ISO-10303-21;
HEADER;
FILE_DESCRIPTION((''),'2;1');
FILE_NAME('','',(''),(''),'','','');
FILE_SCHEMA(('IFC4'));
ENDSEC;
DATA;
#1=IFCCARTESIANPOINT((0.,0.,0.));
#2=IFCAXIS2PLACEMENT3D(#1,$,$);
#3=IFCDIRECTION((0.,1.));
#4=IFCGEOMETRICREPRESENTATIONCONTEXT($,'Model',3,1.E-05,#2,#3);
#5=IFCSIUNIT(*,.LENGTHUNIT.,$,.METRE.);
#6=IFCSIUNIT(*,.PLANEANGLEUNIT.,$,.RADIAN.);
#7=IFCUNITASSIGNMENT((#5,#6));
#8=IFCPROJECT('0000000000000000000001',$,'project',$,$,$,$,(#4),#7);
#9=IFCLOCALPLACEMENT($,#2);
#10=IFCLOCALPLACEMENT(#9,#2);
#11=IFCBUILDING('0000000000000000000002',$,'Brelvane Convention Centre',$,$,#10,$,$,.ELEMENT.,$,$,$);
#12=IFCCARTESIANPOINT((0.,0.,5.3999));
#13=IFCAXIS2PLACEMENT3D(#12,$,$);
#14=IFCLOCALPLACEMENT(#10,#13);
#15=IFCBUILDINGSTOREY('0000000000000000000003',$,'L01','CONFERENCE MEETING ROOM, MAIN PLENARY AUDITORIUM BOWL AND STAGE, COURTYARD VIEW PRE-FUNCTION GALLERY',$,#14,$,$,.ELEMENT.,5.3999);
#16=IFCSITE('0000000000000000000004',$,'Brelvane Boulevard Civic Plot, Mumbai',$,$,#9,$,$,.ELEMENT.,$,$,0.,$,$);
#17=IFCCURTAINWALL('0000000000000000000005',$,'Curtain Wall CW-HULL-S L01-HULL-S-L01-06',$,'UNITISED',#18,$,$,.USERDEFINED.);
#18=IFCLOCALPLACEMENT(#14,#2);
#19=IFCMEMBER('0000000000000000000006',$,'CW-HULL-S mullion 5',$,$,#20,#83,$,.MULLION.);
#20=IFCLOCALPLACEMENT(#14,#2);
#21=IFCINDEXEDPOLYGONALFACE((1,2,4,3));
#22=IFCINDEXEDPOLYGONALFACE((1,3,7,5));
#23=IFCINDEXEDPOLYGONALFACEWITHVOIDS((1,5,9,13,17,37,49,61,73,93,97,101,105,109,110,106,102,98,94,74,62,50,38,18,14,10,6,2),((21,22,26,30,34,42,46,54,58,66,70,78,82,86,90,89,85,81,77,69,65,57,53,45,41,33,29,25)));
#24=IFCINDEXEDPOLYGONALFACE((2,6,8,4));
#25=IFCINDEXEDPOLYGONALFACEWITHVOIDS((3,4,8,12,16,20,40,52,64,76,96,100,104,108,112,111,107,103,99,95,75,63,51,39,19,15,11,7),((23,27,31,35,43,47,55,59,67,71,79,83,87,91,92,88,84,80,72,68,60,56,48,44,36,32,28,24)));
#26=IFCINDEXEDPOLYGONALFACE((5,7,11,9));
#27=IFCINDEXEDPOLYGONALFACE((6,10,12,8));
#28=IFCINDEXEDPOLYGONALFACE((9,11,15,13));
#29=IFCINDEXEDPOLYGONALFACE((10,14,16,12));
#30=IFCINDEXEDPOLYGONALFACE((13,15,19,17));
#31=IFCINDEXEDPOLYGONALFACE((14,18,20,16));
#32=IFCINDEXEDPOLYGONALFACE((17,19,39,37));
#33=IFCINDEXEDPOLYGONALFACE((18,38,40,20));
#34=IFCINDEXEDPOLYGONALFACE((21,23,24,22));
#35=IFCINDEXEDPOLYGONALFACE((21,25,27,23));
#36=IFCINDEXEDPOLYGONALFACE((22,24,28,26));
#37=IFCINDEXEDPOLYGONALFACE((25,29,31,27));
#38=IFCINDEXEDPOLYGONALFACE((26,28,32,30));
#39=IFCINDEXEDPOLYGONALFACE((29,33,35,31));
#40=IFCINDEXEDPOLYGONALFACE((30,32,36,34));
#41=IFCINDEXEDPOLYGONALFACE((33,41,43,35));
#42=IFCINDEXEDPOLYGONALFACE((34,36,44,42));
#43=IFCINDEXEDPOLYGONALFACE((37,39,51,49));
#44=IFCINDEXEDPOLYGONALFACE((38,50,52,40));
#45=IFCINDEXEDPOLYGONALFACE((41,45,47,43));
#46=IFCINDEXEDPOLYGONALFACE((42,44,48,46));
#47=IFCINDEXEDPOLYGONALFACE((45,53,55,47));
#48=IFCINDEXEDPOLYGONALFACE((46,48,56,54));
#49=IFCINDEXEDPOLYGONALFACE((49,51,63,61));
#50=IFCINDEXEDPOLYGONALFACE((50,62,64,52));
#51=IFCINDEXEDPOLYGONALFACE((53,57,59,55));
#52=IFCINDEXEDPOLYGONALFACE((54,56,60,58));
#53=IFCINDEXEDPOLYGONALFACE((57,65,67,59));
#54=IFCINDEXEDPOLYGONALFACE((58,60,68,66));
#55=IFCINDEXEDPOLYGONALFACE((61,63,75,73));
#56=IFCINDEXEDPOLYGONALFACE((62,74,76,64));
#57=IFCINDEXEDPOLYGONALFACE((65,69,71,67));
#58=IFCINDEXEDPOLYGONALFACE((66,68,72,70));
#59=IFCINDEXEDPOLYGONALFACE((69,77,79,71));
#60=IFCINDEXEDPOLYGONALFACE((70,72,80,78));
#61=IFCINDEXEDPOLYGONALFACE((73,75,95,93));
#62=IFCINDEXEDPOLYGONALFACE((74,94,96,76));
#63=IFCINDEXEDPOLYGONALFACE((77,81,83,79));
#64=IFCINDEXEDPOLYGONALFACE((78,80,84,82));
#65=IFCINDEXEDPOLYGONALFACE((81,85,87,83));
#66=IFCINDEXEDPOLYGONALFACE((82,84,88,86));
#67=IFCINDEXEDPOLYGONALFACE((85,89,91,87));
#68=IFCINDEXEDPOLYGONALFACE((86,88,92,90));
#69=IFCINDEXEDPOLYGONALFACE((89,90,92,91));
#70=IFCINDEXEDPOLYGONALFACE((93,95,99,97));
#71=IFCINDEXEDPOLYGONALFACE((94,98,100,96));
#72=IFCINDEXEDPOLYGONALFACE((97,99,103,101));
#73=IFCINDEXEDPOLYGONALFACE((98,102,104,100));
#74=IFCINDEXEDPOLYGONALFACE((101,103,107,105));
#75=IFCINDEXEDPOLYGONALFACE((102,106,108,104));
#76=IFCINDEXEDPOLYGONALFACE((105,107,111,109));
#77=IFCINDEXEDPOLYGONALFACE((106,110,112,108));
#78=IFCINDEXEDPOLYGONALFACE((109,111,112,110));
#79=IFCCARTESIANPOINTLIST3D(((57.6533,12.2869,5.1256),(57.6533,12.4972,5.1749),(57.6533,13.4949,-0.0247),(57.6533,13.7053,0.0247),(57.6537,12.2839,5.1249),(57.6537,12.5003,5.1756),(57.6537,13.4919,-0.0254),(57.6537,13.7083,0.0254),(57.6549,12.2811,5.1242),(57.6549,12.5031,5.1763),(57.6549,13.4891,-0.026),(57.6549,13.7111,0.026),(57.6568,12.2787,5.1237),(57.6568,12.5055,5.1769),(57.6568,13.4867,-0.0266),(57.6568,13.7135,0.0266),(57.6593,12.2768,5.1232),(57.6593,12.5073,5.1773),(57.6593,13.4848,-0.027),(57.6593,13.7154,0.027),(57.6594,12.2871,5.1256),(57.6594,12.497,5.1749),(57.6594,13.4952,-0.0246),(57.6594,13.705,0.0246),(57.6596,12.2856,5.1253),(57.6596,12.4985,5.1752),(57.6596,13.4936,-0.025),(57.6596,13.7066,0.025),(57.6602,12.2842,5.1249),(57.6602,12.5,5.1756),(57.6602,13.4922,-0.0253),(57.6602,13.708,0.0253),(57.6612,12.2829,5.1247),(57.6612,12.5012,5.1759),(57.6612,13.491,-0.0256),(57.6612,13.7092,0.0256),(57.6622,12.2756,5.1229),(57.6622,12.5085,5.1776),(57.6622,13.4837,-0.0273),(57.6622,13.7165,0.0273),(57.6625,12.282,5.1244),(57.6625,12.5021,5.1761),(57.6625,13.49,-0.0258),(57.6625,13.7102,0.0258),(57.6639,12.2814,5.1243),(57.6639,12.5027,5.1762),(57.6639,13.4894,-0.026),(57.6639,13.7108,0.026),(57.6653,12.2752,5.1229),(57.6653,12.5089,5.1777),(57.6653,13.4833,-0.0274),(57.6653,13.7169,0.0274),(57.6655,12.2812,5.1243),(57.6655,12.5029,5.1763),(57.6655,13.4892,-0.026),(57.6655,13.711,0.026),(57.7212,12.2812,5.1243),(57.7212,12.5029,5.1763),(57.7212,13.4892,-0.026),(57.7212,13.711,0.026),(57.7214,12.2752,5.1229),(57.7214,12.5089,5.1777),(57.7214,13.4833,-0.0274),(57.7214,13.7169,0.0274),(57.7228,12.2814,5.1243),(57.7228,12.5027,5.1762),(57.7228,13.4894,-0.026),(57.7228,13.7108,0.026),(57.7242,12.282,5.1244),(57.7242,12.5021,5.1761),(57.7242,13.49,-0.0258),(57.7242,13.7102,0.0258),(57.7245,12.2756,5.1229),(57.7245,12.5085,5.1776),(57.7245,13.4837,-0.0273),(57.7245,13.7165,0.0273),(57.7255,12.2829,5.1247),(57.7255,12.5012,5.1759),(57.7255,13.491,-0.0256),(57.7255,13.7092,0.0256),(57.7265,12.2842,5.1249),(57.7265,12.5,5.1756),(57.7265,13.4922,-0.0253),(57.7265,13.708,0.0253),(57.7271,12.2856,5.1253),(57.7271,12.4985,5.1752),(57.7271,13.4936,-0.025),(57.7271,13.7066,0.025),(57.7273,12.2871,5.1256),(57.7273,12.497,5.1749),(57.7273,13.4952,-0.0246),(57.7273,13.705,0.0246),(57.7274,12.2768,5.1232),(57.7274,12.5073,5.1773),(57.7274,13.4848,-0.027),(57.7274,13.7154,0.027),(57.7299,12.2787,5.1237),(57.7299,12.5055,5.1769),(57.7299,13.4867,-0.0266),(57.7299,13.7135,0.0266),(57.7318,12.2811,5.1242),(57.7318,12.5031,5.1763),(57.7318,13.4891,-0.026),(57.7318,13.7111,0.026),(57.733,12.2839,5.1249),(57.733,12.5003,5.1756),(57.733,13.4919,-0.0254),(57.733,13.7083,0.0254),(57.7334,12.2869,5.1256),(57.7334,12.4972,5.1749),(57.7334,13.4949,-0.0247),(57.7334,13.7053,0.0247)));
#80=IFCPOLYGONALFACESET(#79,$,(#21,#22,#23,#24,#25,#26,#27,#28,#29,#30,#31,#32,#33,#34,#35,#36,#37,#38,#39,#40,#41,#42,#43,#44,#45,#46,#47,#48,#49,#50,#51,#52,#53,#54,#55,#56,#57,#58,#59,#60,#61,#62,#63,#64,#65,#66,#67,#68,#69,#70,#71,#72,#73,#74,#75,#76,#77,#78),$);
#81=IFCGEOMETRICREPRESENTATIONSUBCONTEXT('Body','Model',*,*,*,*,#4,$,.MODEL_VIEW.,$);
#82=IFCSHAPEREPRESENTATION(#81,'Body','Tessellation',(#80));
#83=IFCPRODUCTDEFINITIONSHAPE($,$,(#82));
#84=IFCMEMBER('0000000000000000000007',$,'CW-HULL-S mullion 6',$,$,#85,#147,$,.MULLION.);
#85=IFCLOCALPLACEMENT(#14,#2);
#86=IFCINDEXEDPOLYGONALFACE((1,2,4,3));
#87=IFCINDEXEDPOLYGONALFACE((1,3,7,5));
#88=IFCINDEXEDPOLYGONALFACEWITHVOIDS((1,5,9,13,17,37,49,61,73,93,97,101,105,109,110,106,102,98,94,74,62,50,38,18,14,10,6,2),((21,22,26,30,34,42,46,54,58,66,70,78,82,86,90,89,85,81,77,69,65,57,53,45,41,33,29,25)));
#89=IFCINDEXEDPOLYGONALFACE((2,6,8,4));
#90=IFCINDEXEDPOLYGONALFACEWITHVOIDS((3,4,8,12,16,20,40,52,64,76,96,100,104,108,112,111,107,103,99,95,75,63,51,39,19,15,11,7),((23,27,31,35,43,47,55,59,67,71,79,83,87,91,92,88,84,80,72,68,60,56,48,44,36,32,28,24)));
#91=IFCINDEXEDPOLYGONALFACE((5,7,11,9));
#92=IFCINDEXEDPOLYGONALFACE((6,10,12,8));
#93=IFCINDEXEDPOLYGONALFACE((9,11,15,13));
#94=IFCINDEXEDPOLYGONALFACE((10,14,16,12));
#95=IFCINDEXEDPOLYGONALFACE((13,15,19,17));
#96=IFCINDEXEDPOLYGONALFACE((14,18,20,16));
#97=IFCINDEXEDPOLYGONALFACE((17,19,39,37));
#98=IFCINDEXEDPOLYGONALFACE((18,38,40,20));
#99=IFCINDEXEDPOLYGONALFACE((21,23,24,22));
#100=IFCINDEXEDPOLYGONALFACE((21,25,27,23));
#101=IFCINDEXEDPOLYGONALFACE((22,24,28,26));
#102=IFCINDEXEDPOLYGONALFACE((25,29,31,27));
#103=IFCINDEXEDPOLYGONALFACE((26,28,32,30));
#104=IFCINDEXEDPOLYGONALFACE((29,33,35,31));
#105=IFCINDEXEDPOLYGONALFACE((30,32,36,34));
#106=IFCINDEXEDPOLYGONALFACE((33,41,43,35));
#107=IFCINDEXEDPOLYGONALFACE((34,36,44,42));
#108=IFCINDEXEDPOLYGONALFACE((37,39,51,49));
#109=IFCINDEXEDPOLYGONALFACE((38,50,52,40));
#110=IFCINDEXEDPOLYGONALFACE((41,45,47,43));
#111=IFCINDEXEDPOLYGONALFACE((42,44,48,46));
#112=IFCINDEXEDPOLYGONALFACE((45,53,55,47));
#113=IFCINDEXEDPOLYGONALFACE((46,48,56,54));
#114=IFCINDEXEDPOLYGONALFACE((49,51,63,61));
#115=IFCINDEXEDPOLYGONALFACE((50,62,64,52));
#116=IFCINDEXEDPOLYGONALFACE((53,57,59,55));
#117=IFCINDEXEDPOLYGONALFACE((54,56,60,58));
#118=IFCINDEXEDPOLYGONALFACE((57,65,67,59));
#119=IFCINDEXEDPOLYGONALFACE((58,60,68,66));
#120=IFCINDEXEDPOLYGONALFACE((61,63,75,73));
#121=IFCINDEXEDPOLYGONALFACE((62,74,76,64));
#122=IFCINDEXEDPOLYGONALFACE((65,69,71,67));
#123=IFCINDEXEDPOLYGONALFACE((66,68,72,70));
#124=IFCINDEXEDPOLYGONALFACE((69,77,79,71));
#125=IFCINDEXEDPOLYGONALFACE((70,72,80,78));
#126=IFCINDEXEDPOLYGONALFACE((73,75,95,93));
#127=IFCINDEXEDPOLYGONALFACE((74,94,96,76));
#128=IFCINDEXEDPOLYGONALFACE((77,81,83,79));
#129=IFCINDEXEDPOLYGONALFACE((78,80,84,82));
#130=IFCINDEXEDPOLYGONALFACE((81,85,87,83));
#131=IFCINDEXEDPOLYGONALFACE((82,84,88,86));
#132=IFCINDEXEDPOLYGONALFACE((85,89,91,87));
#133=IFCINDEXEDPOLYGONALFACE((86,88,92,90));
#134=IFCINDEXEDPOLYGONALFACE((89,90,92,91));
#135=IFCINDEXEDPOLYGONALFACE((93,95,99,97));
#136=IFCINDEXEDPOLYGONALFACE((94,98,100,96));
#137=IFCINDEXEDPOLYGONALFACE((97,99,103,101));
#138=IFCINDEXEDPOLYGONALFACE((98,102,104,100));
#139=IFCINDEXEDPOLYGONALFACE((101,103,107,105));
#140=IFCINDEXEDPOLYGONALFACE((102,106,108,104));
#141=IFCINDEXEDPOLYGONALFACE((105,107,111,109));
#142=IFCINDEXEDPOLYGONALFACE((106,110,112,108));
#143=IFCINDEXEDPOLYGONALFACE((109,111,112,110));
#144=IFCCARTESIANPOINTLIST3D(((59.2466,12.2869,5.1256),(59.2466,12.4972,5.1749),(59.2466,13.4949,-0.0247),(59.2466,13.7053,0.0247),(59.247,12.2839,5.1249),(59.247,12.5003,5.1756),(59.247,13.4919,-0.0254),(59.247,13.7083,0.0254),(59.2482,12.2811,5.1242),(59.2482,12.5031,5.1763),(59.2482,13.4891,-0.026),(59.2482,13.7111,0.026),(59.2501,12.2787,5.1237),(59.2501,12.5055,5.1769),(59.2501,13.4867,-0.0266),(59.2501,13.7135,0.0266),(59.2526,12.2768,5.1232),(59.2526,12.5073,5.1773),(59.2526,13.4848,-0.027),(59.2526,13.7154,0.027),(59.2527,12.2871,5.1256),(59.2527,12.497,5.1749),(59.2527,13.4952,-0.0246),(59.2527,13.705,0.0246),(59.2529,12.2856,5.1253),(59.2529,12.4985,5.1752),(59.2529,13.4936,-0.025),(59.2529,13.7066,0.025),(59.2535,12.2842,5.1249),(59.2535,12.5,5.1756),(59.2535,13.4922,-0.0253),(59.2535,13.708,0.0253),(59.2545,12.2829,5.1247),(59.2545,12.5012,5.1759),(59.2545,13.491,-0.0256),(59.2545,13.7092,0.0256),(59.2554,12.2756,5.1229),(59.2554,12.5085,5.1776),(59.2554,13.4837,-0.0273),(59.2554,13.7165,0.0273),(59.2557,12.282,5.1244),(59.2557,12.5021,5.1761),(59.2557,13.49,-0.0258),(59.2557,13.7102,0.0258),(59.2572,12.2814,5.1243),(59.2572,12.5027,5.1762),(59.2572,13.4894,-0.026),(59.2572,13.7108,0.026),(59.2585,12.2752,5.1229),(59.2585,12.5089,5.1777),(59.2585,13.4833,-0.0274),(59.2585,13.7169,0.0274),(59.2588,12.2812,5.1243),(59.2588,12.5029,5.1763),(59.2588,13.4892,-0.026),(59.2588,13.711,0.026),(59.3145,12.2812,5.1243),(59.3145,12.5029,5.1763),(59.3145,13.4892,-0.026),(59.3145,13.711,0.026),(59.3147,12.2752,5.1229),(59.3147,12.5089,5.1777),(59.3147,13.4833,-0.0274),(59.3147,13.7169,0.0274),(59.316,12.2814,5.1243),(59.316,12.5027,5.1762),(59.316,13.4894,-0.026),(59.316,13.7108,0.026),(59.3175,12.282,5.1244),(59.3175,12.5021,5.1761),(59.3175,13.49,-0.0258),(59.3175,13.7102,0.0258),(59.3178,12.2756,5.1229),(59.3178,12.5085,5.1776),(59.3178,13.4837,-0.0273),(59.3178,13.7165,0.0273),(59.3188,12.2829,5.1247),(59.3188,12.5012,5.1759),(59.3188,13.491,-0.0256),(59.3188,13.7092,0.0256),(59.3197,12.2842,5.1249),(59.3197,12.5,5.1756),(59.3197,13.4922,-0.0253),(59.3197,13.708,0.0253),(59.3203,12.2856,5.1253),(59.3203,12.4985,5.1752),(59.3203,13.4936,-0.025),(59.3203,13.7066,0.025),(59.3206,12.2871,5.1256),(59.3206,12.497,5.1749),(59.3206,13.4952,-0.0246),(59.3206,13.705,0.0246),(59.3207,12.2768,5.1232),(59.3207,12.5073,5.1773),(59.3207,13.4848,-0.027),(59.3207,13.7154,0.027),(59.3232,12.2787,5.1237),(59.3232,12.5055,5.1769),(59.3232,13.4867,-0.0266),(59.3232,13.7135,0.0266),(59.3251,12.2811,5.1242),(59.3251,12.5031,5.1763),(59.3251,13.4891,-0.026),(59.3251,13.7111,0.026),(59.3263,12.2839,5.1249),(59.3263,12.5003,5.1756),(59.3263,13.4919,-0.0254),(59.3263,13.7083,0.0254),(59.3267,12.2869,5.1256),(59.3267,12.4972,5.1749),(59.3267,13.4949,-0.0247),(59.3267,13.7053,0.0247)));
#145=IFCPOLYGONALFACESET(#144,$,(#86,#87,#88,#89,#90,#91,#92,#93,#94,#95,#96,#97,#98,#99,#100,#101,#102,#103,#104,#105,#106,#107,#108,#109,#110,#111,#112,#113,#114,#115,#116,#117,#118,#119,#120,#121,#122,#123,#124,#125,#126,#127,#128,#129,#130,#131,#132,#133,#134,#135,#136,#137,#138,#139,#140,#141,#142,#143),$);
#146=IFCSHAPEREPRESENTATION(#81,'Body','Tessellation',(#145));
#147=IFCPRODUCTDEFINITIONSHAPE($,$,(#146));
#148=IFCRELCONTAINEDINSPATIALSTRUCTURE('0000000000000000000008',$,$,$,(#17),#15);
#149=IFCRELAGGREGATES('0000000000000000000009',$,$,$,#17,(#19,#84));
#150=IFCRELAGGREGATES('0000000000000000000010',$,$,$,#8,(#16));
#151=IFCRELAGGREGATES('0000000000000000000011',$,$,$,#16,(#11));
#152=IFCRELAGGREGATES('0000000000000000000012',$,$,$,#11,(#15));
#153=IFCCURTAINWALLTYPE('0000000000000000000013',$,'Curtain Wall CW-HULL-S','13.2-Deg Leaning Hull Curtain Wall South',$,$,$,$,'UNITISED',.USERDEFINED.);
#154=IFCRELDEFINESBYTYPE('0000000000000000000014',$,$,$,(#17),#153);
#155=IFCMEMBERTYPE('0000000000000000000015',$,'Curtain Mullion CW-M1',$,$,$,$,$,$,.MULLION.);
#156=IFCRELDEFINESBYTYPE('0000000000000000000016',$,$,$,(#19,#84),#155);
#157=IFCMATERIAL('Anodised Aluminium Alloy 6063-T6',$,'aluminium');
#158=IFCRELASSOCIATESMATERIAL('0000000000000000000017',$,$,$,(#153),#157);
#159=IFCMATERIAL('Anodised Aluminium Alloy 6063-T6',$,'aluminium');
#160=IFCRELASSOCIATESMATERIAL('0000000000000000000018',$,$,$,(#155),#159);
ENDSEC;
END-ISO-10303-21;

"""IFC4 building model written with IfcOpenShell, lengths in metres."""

from ifc_helpers import new_model, si_unit, direction, frame, origin, origin_2d, place, context, subcontext, project, spatial, hollow_rectangle, extrude, material, material_profile, profile_set, type_object, element, aggregate, save


model = new_model("IFC4")

# Units and contexts
model_context = context("Model", 3, precision=1e-05, world=origin(), true_north=direction((0.0, 1.0)))
body_context = subcontext(model_context, "Body", "Model", "MODEL_VIEW")
ifc_project = project(units=[si_unit("LENGTHUNIT", "METRE"), si_unit("PLANEANGLEUNIT", "RADIAN")], contexts=[model_context])

# Site, building, storey
site_placement = place(None, origin())
site = spatial("IfcSite", under=ifc_project, at=site_placement, Name="Brelvane Boulevard Civic Plot, Mumbai", CompositionType="ELEMENT", RefElevation=0.0)
building_placement = place(site_placement, origin())
building = spatial("IfcBuilding", under=site, at=building_placement, Name="Brelvane Convention Centre", CompositionType="ELEMENT")
storey_placement = place(building_placement, frame((0.0, 0.0, 5.3999)))
storey = spatial("IfcBuildingStorey", under=building, at=storey_placement, Name="L01", Description="CONFERENCE MEETING ROOM, MAIN PLENARY AUDITORIUM BOWL AND STAGE, COURTYARD VIEW PRE-FUNCTION GALLERY", CompositionType="ELEMENT", Elevation=5.3999)

# Curtain wall, members
ifc_material_1 = material(Name="Anodised Aluminium Alloy 6063-T6", Category="aluminium")
curtain_wall_type = type_object("IfcCurtainWallType", Name="Curtain Wall CW-HULL-S", Description="13.2-Deg Leaning Hull Curtain Wall South", ElementType="UNITISED", PredefinedType="USERDEFINED", material=ifc_material_1)
curtain_wall_1_placement = place(storey_placement, origin())
curtain_wall_1 = element("IfcCurtainWall", 1, at=curtain_wall_1_placement, inside=storey, type_object=curtain_wall_type, Name="Curtain Wall CW-HULL-S L01-HULL-S-L01-06", ObjectType="UNITISED", PredefinedType="USERDEFINED")
ifc_material_2 = material(Name="Anodised Aluminium Alloy 6063-T6", Category="aluminium")
ifc_material_profile_1 = material_profile(ifc_material_2, hollow_rectangle(XDim=0.0801, YDim=0.24, WallThickness=0.0061, InnerFilletRadius=0.0061, OuterFilletRadius=0.012, at=origin_2d()), Name="ALU-M 240x80x6.0")
ifc_profile_set_1 = profile_set([ifc_material_profile_1], Name="Anodised Aluminium Alloy 6063-T6")
member_type_1 = type_object("IfcMemberType", Name="Curtain Mullion CW-M1", PredefinedType="MULLION", material=ifc_profile_set_1)
member_1_placement = place(storey_placement, frame((57.6934, 13.6001, 0.0), z_axis=(0.0, -0.22836, 0.973577), x_axis=(1.0, 0.0, 0.0)))
member_1 = element("IfcMember", 2, at=member_1_placement, type_object=member_type_1, Name="CW-HULL-S mullion 5", PredefinedType="MULLION", context=body_context, shape_type="SweptSolid", body=[
    extrude(hollow_rectangle(XDim=0.0801, YDim=0.24, WallThickness=0.0061, InnerFilletRadius=0.0061, OuterFilletRadius=0.012, at=origin_2d()), origin(), (0.0, 0.0, 1.0), 5.29),
])
member_2_placement = place(storey_placement, frame((59.2866, 13.6001, 0.0), z_axis=(0.0, -0.22836, 0.973577), x_axis=(1.0, 0.0, 0.0)))
member_2 = element("IfcMember", 3, at=member_2_placement, type_object=member_type_1, Name="CW-HULL-S mullion 6", PredefinedType="MULLION", context=body_context, shape_type="SweptSolid", body=[
    extrude(hollow_rectangle(XDim=0.0801, YDim=0.24, WallThickness=0.0061, InnerFilletRadius=0.0061, OuterFilletRadius=0.012, at=origin_2d()), origin(), (0.0, 0.0, 1.0), 5.29),
])

aggregate(curtain_wall_1, [member_1, member_2])

save(model, "model.ifc")
